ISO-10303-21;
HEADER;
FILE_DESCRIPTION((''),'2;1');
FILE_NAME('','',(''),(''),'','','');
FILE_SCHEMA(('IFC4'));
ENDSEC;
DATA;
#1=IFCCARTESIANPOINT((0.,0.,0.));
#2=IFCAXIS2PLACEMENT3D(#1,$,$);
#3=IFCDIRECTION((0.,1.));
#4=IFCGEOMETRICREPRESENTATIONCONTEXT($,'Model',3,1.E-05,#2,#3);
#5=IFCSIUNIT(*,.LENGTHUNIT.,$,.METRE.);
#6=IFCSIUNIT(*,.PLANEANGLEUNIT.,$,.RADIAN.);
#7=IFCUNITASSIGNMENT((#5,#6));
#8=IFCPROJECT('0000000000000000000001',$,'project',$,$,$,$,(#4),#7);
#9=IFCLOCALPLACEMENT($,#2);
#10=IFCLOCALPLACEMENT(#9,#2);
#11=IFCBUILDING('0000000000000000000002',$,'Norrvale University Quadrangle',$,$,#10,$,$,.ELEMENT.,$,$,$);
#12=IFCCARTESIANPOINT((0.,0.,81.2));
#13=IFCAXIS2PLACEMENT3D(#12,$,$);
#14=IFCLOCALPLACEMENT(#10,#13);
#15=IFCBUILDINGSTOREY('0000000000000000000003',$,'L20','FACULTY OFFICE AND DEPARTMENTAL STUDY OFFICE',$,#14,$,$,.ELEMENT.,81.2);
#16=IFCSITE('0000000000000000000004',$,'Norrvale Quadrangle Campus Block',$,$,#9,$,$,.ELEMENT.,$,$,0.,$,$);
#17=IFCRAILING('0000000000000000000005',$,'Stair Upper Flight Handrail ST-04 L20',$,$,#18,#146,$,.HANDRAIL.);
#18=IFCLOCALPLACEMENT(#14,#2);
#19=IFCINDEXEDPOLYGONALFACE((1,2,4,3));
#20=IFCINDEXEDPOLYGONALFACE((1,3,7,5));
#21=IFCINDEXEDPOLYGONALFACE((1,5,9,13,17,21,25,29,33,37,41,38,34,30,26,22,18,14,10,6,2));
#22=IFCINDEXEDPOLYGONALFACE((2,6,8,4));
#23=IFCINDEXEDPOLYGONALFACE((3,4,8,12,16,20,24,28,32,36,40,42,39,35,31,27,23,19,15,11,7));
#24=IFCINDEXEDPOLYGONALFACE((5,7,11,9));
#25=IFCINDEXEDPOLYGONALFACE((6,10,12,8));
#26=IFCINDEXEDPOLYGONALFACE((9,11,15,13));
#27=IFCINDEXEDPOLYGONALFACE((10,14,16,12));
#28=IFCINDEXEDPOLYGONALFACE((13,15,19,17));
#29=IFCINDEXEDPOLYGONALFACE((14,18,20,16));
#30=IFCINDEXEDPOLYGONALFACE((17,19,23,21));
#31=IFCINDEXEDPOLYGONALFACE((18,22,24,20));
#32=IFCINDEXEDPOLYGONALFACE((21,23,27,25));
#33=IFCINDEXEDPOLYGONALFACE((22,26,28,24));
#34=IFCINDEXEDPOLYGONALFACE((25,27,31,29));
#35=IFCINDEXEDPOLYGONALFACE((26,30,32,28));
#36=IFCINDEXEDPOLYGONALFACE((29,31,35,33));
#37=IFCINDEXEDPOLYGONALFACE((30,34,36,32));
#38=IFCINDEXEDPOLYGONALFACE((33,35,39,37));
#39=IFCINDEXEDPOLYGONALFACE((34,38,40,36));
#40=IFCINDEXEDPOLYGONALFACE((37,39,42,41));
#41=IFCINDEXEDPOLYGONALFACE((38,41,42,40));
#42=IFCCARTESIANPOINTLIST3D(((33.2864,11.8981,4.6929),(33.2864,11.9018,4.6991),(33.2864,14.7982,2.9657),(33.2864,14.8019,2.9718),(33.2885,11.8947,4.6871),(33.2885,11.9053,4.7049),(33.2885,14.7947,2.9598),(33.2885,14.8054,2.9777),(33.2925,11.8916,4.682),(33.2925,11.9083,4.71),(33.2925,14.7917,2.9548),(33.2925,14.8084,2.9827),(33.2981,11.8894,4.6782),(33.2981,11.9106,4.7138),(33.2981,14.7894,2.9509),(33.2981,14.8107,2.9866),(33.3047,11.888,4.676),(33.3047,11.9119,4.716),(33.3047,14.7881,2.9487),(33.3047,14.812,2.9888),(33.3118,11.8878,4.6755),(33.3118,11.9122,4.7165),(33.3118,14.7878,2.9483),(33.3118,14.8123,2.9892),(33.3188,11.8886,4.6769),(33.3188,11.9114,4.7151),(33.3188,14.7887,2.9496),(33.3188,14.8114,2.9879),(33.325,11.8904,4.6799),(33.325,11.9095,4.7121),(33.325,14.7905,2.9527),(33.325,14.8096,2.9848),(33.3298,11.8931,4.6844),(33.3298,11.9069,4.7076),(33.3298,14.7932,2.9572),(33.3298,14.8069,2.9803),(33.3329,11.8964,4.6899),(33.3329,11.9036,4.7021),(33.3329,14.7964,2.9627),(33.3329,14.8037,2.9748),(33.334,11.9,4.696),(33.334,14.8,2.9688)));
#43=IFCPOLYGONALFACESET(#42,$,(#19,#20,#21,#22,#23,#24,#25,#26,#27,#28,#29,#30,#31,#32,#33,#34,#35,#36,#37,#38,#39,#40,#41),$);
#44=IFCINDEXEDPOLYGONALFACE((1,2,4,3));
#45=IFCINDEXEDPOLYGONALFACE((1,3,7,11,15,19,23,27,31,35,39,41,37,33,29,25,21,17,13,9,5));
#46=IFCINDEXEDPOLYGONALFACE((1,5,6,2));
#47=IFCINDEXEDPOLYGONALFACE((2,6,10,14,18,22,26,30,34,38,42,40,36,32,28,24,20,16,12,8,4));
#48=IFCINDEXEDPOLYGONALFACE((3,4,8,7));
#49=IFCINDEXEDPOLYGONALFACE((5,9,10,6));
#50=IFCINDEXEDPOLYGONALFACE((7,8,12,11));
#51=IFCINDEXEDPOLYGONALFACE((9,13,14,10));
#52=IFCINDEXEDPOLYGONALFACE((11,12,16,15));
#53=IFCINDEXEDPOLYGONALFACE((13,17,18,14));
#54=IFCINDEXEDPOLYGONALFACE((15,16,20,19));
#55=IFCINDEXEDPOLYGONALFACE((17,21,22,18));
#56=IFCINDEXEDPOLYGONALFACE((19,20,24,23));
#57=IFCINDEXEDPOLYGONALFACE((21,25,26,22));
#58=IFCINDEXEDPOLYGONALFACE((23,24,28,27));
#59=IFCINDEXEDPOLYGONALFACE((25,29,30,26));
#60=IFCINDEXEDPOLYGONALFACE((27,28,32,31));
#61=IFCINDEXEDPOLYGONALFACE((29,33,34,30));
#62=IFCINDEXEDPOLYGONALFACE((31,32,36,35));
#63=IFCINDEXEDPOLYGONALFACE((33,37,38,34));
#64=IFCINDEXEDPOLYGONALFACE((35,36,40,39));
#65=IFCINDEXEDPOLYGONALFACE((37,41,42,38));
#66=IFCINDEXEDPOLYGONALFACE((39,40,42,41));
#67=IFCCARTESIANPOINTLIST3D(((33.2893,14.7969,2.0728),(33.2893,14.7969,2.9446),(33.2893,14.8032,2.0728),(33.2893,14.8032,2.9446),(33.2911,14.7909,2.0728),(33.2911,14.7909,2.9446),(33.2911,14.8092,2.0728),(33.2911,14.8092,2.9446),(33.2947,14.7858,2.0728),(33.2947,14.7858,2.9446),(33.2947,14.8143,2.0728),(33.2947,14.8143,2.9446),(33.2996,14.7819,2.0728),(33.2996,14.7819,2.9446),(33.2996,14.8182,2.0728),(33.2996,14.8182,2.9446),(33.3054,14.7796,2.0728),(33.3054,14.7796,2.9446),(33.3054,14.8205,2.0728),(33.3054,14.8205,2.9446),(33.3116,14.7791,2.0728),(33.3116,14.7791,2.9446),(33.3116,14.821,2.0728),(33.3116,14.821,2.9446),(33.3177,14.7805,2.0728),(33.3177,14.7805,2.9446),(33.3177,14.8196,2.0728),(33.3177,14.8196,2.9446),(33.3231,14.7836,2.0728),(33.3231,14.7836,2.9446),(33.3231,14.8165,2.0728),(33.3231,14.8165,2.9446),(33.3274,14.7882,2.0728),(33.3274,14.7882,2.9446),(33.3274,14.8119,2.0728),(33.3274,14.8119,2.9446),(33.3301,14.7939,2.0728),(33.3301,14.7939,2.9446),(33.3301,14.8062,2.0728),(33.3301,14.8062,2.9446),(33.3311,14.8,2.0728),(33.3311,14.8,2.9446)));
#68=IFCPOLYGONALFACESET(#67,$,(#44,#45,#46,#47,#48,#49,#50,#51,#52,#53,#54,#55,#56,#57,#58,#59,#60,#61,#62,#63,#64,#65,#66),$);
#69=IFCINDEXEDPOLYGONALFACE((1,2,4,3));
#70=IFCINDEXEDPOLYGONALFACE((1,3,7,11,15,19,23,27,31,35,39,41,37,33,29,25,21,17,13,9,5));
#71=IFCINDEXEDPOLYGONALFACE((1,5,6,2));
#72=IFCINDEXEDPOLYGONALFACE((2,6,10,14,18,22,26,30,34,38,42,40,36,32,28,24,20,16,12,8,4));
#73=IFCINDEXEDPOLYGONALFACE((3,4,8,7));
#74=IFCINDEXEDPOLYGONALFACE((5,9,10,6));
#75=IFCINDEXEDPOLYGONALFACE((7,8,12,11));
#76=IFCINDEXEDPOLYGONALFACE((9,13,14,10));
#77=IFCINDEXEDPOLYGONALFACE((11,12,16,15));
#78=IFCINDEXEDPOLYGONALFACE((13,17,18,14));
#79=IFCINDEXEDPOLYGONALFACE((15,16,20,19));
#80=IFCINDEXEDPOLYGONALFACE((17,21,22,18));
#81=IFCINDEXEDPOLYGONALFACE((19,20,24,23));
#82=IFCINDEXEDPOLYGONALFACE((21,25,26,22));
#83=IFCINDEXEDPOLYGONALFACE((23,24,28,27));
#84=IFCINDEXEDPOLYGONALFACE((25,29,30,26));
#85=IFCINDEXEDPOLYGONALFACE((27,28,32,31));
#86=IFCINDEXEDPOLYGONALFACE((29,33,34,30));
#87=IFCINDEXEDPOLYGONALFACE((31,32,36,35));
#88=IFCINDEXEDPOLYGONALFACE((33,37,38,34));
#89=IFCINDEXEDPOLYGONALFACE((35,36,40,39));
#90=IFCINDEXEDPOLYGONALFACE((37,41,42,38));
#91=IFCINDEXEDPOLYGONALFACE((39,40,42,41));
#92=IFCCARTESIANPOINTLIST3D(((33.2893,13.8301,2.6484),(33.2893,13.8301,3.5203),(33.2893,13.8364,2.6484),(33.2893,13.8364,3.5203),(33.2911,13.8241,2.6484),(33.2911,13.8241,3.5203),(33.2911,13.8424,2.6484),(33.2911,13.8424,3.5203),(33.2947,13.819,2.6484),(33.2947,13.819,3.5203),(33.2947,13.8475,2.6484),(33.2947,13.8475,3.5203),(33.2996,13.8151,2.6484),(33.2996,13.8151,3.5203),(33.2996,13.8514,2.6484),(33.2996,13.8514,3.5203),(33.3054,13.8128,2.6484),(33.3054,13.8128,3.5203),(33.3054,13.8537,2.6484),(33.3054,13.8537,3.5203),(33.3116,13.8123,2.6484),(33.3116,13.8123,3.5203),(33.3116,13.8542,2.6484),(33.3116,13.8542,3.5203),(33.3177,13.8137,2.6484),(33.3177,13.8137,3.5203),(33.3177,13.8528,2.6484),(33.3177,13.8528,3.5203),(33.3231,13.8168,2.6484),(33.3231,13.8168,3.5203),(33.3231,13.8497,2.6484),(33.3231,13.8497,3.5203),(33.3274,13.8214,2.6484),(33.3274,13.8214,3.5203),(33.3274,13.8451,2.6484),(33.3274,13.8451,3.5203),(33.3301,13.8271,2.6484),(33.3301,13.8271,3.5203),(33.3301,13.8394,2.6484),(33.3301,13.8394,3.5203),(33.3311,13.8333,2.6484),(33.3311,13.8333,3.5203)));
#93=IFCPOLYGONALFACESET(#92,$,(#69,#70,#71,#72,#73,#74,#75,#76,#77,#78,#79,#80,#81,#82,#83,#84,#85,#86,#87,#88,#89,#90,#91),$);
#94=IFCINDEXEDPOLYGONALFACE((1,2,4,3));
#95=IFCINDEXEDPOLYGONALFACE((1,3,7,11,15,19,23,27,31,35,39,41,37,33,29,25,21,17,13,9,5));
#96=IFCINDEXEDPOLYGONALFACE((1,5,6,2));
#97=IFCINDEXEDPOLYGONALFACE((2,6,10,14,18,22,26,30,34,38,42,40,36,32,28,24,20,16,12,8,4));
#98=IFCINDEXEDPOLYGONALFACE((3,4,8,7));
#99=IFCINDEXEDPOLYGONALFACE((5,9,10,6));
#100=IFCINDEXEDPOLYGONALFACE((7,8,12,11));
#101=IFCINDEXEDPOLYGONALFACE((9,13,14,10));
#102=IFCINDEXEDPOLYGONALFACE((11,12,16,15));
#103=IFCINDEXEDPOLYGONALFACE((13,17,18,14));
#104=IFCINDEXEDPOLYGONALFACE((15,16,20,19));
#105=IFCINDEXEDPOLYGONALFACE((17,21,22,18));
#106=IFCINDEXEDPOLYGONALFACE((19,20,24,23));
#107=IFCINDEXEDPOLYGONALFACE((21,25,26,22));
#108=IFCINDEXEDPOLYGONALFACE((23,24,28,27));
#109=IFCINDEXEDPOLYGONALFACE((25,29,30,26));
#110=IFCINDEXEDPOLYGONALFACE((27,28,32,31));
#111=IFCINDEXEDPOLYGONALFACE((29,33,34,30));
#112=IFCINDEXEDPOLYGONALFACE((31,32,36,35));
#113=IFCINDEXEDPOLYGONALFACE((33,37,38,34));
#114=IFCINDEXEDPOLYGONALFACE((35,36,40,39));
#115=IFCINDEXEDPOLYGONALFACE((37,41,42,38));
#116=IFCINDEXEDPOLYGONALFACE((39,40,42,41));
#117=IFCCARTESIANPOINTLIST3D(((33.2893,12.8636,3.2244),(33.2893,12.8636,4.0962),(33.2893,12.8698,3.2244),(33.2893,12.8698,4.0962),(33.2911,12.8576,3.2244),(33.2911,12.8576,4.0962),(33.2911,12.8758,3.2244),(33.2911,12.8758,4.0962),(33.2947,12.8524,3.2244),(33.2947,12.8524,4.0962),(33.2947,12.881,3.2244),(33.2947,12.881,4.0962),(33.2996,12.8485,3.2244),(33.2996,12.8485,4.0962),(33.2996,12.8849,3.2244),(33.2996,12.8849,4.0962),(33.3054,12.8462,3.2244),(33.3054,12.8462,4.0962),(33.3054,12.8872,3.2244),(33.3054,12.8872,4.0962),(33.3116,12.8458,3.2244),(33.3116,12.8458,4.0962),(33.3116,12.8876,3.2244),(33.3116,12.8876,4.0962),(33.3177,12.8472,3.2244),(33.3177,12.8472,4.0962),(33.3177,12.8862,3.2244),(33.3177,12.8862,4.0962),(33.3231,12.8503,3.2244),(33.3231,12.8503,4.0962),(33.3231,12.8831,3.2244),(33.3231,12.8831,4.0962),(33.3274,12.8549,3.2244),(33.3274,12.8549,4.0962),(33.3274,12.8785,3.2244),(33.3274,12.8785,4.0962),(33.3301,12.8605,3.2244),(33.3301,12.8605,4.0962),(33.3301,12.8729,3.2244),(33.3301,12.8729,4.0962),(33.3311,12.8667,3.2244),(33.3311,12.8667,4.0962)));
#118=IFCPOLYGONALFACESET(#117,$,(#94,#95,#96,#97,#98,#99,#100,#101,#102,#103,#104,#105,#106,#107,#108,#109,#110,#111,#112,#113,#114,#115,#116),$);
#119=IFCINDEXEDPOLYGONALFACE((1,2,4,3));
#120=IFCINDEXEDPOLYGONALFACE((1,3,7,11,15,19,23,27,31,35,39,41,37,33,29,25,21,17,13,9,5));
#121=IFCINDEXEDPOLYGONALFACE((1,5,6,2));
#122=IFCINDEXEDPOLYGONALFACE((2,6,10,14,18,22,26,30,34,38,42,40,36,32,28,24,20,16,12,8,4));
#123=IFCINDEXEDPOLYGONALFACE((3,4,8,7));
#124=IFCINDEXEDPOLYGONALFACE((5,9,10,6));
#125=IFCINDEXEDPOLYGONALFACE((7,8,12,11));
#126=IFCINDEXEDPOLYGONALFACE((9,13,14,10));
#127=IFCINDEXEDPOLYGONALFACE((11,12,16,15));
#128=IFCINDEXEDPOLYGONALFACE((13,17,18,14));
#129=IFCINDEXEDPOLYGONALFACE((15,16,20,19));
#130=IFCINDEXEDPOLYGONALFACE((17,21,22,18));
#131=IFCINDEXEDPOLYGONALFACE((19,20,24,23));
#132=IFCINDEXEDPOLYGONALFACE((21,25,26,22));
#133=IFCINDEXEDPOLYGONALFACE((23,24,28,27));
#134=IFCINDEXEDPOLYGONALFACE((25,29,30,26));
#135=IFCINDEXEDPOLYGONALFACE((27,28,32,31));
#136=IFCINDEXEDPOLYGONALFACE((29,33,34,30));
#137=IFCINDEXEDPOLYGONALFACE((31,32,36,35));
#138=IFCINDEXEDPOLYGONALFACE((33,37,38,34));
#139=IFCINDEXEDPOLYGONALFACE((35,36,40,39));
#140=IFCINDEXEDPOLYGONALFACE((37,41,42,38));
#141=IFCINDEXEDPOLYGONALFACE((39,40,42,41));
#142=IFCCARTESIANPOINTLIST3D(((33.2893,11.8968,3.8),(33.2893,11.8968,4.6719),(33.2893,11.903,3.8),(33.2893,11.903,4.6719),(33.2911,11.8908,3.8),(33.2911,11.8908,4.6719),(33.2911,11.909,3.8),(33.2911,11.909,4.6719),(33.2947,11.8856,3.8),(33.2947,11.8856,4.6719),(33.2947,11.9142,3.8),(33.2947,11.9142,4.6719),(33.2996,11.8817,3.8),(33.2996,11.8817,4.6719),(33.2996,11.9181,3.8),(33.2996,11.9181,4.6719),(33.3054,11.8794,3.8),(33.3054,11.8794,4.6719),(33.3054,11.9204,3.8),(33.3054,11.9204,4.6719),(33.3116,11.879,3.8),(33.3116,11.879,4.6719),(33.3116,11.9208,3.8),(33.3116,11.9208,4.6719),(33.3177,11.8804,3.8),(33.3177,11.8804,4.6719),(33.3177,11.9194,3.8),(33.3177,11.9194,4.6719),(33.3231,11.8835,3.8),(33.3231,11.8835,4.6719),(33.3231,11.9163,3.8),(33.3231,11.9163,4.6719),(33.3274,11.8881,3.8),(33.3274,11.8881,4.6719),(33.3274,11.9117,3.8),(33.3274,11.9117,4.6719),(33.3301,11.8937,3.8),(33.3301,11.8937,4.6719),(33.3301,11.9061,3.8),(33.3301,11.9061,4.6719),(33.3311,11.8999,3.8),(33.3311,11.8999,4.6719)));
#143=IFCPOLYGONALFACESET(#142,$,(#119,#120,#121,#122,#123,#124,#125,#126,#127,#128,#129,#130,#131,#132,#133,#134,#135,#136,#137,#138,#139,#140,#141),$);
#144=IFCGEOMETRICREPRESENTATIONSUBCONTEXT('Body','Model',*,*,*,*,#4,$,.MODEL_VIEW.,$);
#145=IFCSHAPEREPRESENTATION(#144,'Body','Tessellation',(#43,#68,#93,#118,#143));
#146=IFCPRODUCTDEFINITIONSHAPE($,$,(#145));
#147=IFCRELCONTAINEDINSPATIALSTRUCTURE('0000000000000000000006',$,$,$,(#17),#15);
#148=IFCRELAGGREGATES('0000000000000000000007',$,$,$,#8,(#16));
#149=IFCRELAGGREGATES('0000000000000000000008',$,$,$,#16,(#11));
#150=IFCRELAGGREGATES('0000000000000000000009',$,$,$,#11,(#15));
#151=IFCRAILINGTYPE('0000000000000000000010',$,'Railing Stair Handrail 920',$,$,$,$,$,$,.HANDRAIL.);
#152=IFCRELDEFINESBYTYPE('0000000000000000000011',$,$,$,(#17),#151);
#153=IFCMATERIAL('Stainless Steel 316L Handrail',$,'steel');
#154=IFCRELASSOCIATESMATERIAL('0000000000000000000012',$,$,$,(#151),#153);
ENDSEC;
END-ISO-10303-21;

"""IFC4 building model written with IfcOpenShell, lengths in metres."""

from ifc_helpers import new_model, si_unit, direction, frame, origin, origin_2d, place, context, subcontext, project, spatial, circle, extrude, material, type_object, element, save


model = new_model("IFC4")

# Units and contexts
model_context = context("Model", 3, precision=1e-05, world=origin(), true_north=direction((0.0, 1.0)))
body_context = subcontext(model_context, "Body", "Model", "MODEL_VIEW")
ifc_project = project(units=[si_unit("LENGTHUNIT", "METRE"), si_unit("PLANEANGLEUNIT", "RADIAN")], contexts=[model_context])

# Site, building, storey
site_placement = place(None, origin())
site = spatial("IfcSite", under=ifc_project, at=site_placement, Name="Norrvale Quadrangle Campus Block", CompositionType="ELEMENT", RefElevation=0.0)
building_placement = place(site_placement, origin())
building = spatial("IfcBuilding", under=site, at=building_placement, Name="Norrvale University Quadrangle", CompositionType="ELEMENT")
storey_placement = place(building_placement, frame((0.0, 0.0, 81.2)))
storey = spatial("IfcBuildingStorey", under=building, at=storey_placement, Name="L20", Description="FACULTY OFFICE AND DEPARTMENTAL STUDY OFFICE", CompositionType="ELEMENT", Elevation=81.2)

# Railing
ifc_material_1 = material(Name="Stainless Steel 316L Handrail", Category="steel")
railing_type_1 = type_object("IfcRailingType", Name="Railing Stair Handrail 920", PredefinedType="HANDRAIL", material=ifc_material_1)
railing_1_placement = place(storey_placement, frame((33.3101, 14.8, 2.0728)))
element("IfcRailing", 1, at=railing_1_placement, inside=storey, type_object=railing_type_1, Name="Stair Upper Flight Handrail ST-04 L20", PredefinedType="HANDRAIL", context=body_context, shape_type="SweptSolid", body=[
    extrude(circle(Radius=0.0239, at=origin_2d()), frame((0.0, 0.0, 0.896), z_axis=(0.0, -0.85916, 0.511706), x_axis=(1.0, 0.0, 0.0)), (0.0, 0.0, 1.0), 3.3755),
    extrude(circle(Radius=0.021, at=origin_2d()), origin(), (0.0, 0.0, 1.0), 0.8718),
    extrude(circle(Radius=0.021, at=origin_2d()), frame((0.0, -0.9668, 0.5757)), (0.0, 0.0, 1.0), 0.8718),
    extrude(circle(Radius=0.021, at=origin_2d()), frame((0.0, -1.9333, 1.1516)), (0.0, 0.0, 1.0), 0.8718),
    extrude(circle(Radius=0.021, at=origin_2d()), frame((0.0, -2.9001, 1.7273)), (0.0, 0.0, 1.0), 0.8718),
])

save(model, "model.ifc")
